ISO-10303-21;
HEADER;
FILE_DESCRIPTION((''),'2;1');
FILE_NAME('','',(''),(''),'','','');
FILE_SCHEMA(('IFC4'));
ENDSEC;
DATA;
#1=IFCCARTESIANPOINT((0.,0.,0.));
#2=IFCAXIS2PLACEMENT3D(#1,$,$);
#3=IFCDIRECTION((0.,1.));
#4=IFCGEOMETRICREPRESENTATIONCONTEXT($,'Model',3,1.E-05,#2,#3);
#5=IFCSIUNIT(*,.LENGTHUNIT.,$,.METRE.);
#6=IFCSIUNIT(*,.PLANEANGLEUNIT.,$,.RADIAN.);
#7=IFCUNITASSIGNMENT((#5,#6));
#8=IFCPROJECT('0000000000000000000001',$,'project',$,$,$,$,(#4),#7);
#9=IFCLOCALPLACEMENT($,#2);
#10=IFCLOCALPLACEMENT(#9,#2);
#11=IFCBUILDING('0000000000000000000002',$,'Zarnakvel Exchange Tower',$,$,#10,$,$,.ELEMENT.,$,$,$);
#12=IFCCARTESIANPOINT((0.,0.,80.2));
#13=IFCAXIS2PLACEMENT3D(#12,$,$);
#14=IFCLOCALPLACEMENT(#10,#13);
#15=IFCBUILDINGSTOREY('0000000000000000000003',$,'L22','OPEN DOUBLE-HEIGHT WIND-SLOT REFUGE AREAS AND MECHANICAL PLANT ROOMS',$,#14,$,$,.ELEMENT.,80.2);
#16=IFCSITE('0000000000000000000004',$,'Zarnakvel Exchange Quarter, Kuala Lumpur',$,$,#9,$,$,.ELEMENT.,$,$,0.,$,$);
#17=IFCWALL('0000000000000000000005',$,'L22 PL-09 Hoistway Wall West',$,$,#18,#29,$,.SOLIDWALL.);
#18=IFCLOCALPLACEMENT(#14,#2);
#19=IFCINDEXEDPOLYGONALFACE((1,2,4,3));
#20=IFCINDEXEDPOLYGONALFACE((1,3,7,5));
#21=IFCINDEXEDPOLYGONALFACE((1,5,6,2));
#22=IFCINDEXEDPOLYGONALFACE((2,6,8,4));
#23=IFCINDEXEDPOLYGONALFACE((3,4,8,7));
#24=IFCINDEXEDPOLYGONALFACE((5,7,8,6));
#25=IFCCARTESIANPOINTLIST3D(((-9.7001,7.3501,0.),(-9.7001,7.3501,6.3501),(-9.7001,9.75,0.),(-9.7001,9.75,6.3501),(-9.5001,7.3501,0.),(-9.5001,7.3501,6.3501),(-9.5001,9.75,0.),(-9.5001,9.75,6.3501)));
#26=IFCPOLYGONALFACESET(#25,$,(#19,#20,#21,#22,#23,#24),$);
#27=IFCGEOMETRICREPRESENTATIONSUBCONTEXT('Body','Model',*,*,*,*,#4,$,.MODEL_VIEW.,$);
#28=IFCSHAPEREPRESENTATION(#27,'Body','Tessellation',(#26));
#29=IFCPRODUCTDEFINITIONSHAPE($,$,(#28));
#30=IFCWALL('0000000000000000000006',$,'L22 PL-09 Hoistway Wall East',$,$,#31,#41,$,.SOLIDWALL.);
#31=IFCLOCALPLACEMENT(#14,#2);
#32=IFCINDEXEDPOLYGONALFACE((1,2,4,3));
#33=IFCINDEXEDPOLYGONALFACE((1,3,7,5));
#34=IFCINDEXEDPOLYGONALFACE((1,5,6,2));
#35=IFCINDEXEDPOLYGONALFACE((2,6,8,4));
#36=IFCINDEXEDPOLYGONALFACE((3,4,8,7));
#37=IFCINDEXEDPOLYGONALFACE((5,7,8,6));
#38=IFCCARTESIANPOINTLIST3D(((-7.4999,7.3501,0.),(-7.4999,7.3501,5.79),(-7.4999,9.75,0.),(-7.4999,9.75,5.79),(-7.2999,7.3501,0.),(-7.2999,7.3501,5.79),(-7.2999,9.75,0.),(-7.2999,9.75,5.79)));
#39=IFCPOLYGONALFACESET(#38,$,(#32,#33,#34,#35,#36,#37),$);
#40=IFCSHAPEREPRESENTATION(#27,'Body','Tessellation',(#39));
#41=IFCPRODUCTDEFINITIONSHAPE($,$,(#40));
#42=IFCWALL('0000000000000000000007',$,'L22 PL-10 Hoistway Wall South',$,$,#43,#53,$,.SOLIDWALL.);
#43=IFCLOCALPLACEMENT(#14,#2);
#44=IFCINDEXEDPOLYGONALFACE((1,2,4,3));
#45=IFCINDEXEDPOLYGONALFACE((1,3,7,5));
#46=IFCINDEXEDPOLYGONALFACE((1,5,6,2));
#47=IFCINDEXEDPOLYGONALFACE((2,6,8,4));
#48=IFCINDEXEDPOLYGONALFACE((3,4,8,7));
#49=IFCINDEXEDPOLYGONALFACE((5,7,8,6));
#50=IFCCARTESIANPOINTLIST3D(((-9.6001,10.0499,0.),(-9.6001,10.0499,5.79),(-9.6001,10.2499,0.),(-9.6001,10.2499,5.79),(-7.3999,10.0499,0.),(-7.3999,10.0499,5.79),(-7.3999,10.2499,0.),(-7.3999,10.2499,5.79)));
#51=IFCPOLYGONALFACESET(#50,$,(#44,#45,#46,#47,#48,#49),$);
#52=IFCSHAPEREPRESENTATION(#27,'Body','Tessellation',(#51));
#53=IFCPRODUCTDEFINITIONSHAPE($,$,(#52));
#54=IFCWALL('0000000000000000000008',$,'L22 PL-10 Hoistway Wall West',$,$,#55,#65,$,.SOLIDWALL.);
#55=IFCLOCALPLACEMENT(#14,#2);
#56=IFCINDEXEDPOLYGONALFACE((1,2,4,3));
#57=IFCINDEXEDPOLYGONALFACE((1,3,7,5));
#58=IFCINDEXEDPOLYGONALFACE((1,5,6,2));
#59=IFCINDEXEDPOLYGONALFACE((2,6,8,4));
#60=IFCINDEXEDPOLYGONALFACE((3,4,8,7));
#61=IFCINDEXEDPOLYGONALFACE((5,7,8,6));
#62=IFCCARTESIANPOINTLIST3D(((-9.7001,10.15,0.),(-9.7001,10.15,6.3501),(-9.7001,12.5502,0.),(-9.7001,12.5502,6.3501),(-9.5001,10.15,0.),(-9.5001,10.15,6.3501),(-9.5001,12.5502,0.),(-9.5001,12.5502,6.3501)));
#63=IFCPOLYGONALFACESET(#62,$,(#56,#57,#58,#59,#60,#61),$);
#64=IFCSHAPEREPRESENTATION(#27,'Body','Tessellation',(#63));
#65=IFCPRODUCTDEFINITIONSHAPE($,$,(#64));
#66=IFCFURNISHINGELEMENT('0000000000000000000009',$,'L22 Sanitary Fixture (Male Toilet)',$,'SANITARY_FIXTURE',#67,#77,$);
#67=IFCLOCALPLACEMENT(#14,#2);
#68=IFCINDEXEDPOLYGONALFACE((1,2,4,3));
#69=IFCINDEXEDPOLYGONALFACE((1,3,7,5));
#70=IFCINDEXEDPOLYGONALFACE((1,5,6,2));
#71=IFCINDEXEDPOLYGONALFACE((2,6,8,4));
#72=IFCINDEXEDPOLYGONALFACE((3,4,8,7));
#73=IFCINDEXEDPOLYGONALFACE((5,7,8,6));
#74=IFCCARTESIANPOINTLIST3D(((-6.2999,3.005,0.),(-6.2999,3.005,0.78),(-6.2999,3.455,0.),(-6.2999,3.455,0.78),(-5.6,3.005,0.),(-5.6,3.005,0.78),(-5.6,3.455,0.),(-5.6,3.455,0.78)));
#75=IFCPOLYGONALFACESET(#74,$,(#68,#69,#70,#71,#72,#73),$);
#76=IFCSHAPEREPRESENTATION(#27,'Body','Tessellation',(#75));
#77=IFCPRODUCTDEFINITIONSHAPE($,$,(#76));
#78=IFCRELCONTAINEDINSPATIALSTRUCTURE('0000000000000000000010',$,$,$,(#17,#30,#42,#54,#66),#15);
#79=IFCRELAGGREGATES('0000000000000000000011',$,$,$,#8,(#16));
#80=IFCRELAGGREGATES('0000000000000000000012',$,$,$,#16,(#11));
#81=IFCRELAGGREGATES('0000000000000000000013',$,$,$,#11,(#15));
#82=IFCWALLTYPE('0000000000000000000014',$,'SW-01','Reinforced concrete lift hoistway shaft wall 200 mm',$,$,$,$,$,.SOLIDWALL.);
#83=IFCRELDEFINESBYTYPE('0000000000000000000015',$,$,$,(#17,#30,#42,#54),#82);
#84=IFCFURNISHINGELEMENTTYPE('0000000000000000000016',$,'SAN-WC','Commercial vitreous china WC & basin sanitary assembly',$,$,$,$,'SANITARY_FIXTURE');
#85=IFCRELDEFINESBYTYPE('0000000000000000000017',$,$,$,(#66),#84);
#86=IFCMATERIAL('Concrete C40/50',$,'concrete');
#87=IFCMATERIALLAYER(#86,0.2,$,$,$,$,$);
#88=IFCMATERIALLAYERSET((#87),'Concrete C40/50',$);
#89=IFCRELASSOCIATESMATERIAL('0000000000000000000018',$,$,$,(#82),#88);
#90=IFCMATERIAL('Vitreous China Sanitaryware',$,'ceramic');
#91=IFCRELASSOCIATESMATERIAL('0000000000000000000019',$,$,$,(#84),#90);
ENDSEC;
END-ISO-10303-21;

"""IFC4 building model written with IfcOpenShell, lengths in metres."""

from ifc_helpers import new_model, si_unit, direction, frame, frame_2d, origin, origin_2d, place, context, subcontext, project, spatial, rectangle, extrude, source, transform, mapped, material, layer, layer_set, type_object, element, save


model = new_model("IFC4")

# Units and contexts
model_context = context("Model", 3, precision=1e-05, world=origin(), true_north=direction((0.0, 1.0)))
body_context = subcontext(model_context, "Body", "Model", "MODEL_VIEW")
ifc_project = project(units=[si_unit("LENGTHUNIT", "METRE"), si_unit("PLANEANGLEUNIT", "RADIAN")], contexts=[model_context])

# Site, building, storey
site_placement = place(None, origin())
site = spatial("IfcSite", under=ifc_project, at=site_placement, Name="Zarnakvel Exchange Quarter, Kuala Lumpur", CompositionType="ELEMENT", RefElevation=0.0)
building_placement = place(site_placement, origin())
building = spatial("IfcBuilding", under=site, at=building_placement, Name="Zarnakvel Exchange Tower", CompositionType="ELEMENT")
storey_placement = place(building_placement, frame((0.0, 0.0, 80.2)))
storey = spatial("IfcBuildingStorey", under=building, at=storey_placement, Name="L22", Description="OPEN DOUBLE-HEIGHT WIND-SLOT REFUGE AREAS AND MECHANICAL PLANT ROOMS", CompositionType="ELEMENT", Elevation=80.2)

# Shared definitions
ifc_material_1 = material(Name="Concrete C40/50", Category="concrete")

# Shared definitions
ifc_layer_1 = layer(ifc_material_1, 0.2)
ifc_layer_set_1 = layer_set([ifc_layer_1], Name="Concrete C40/50")
wall_type_1 = type_object("IfcWallType", Name="SW-01", Description="Reinforced concrete lift hoistway shaft wall 200 mm", PredefinedType="SOLIDWALL", material=ifc_layer_set_1)

# Walls
wall_1_placement = place(storey_placement, frame((-9.6001, 7.3501, 0.0), z_axis=(0.0, 0.0, 1.0), x_axis=(0.0, 1.0, 0.0)))
element("IfcWall", 1, at=wall_1_placement, inside=storey, type_object=wall_type_1, Name="L22 PL-09 Hoistway Wall West", PredefinedType="SOLIDWALL", context=body_context, shape_type="SweptSolid", body=[
    extrude(rectangle(XDim=2.3999, YDim=0.2, at=frame_2d((1.2, 0.0))), origin(), (0.0, 0.0, 1.0), 6.3501),
])
wall_2_placement = place(storey_placement, frame((-7.3999, 9.75, 0.0), z_axis=(0.0, 0.0, 1.0), x_axis=(0.0, -1.0, 0.0)))
element("IfcWall", 2, at=wall_2_placement, inside=storey, type_object=wall_type_1, Name="L22 PL-09 Hoistway Wall East", PredefinedType="SOLIDWALL", context=body_context, shape_type="SweptSolid", body=[
    extrude(rectangle(XDim=2.3999, YDim=0.2, at=frame_2d((1.2, 0.0))), origin(), (0.0, 0.0, 1.0), 5.79),
])
wall_3_placement = place(storey_placement, frame((-7.3999, 10.1499, 0.0), z_axis=(0.0, 0.0, 1.0), x_axis=(-1.0, 0.0, 0.0)))
element("IfcWall", 3, at=wall_3_placement, inside=storey, type_object=wall_type_1, Name="L22 PL-10 Hoistway Wall South", PredefinedType="SOLIDWALL", context=body_context, shape_type="SweptSolid", body=[
    extrude(rectangle(XDim=2.2002, YDim=0.2, at=frame_2d((1.1001, 0.0))), origin(), (0.0, 0.0, 1.0), 5.79),
])
wall_4_placement = place(storey_placement, frame((-9.6001, 10.1499, 0.0), z_axis=(0.0, 0.0, 1.0), x_axis=(0.0, 1.0, 0.0)))
element("IfcWall", 4, at=wall_4_placement, inside=storey, type_object=wall_type_1, Name="L22 PL-10 Hoistway Wall West", PredefinedType="SOLIDWALL", context=body_context, shape_type="SweptSolid", body=[
    extrude(rectangle(XDim=2.4001, YDim=0.2, at=frame_2d((1.2002, 0.0))), origin(), (0.0, 0.0, 1.0), 6.3501),
])

# Furnishing element
ifc_material_2 = material(Name="Vitreous China Sanitaryware", Category="ceramic")
furnishing_element_type = type_object("IfcFurnishingElementType", Name="SAN-WC", Description="Commercial vitreous china WC & basin sanitary assembly", ElementType="SANITARY_FIXTURE", material=ifc_material_2)
shared_shape_1 = source(origin(), body_context, "Body", "SweptSolid", [
    extrude(rectangle(XDim=0.7, YDim=0.45, at=origin_2d()), origin(), (0.0, 0.0, 1.0), 0.78),
])
furnishing_placement = place(storey_placement, frame((-5.95, 3.23, 0.0), z_axis=(0.0, 0.0, 1.0), x_axis=(1.0, 0.0, 0.0)))
element("IfcFurnishingElement", 5, at=furnishing_placement, inside=storey, type_object=furnishing_element_type, Name="L22 Sanitary Fixture (Male Toilet)", ObjectType="SANITARY_FIXTURE", context=body_context, shape_type="MappedRepresentation", body=[
    mapped(shared_shape_1, transform((0.0, 0.0, 0.0), x_axis=(1.0, 0.0, 0.0), y_axis=(0.0, 1.0, 0.0), z_axis=(0.0, 0.0, 1.0), scale=1.0)),
])

save(model, "model.ifc")
